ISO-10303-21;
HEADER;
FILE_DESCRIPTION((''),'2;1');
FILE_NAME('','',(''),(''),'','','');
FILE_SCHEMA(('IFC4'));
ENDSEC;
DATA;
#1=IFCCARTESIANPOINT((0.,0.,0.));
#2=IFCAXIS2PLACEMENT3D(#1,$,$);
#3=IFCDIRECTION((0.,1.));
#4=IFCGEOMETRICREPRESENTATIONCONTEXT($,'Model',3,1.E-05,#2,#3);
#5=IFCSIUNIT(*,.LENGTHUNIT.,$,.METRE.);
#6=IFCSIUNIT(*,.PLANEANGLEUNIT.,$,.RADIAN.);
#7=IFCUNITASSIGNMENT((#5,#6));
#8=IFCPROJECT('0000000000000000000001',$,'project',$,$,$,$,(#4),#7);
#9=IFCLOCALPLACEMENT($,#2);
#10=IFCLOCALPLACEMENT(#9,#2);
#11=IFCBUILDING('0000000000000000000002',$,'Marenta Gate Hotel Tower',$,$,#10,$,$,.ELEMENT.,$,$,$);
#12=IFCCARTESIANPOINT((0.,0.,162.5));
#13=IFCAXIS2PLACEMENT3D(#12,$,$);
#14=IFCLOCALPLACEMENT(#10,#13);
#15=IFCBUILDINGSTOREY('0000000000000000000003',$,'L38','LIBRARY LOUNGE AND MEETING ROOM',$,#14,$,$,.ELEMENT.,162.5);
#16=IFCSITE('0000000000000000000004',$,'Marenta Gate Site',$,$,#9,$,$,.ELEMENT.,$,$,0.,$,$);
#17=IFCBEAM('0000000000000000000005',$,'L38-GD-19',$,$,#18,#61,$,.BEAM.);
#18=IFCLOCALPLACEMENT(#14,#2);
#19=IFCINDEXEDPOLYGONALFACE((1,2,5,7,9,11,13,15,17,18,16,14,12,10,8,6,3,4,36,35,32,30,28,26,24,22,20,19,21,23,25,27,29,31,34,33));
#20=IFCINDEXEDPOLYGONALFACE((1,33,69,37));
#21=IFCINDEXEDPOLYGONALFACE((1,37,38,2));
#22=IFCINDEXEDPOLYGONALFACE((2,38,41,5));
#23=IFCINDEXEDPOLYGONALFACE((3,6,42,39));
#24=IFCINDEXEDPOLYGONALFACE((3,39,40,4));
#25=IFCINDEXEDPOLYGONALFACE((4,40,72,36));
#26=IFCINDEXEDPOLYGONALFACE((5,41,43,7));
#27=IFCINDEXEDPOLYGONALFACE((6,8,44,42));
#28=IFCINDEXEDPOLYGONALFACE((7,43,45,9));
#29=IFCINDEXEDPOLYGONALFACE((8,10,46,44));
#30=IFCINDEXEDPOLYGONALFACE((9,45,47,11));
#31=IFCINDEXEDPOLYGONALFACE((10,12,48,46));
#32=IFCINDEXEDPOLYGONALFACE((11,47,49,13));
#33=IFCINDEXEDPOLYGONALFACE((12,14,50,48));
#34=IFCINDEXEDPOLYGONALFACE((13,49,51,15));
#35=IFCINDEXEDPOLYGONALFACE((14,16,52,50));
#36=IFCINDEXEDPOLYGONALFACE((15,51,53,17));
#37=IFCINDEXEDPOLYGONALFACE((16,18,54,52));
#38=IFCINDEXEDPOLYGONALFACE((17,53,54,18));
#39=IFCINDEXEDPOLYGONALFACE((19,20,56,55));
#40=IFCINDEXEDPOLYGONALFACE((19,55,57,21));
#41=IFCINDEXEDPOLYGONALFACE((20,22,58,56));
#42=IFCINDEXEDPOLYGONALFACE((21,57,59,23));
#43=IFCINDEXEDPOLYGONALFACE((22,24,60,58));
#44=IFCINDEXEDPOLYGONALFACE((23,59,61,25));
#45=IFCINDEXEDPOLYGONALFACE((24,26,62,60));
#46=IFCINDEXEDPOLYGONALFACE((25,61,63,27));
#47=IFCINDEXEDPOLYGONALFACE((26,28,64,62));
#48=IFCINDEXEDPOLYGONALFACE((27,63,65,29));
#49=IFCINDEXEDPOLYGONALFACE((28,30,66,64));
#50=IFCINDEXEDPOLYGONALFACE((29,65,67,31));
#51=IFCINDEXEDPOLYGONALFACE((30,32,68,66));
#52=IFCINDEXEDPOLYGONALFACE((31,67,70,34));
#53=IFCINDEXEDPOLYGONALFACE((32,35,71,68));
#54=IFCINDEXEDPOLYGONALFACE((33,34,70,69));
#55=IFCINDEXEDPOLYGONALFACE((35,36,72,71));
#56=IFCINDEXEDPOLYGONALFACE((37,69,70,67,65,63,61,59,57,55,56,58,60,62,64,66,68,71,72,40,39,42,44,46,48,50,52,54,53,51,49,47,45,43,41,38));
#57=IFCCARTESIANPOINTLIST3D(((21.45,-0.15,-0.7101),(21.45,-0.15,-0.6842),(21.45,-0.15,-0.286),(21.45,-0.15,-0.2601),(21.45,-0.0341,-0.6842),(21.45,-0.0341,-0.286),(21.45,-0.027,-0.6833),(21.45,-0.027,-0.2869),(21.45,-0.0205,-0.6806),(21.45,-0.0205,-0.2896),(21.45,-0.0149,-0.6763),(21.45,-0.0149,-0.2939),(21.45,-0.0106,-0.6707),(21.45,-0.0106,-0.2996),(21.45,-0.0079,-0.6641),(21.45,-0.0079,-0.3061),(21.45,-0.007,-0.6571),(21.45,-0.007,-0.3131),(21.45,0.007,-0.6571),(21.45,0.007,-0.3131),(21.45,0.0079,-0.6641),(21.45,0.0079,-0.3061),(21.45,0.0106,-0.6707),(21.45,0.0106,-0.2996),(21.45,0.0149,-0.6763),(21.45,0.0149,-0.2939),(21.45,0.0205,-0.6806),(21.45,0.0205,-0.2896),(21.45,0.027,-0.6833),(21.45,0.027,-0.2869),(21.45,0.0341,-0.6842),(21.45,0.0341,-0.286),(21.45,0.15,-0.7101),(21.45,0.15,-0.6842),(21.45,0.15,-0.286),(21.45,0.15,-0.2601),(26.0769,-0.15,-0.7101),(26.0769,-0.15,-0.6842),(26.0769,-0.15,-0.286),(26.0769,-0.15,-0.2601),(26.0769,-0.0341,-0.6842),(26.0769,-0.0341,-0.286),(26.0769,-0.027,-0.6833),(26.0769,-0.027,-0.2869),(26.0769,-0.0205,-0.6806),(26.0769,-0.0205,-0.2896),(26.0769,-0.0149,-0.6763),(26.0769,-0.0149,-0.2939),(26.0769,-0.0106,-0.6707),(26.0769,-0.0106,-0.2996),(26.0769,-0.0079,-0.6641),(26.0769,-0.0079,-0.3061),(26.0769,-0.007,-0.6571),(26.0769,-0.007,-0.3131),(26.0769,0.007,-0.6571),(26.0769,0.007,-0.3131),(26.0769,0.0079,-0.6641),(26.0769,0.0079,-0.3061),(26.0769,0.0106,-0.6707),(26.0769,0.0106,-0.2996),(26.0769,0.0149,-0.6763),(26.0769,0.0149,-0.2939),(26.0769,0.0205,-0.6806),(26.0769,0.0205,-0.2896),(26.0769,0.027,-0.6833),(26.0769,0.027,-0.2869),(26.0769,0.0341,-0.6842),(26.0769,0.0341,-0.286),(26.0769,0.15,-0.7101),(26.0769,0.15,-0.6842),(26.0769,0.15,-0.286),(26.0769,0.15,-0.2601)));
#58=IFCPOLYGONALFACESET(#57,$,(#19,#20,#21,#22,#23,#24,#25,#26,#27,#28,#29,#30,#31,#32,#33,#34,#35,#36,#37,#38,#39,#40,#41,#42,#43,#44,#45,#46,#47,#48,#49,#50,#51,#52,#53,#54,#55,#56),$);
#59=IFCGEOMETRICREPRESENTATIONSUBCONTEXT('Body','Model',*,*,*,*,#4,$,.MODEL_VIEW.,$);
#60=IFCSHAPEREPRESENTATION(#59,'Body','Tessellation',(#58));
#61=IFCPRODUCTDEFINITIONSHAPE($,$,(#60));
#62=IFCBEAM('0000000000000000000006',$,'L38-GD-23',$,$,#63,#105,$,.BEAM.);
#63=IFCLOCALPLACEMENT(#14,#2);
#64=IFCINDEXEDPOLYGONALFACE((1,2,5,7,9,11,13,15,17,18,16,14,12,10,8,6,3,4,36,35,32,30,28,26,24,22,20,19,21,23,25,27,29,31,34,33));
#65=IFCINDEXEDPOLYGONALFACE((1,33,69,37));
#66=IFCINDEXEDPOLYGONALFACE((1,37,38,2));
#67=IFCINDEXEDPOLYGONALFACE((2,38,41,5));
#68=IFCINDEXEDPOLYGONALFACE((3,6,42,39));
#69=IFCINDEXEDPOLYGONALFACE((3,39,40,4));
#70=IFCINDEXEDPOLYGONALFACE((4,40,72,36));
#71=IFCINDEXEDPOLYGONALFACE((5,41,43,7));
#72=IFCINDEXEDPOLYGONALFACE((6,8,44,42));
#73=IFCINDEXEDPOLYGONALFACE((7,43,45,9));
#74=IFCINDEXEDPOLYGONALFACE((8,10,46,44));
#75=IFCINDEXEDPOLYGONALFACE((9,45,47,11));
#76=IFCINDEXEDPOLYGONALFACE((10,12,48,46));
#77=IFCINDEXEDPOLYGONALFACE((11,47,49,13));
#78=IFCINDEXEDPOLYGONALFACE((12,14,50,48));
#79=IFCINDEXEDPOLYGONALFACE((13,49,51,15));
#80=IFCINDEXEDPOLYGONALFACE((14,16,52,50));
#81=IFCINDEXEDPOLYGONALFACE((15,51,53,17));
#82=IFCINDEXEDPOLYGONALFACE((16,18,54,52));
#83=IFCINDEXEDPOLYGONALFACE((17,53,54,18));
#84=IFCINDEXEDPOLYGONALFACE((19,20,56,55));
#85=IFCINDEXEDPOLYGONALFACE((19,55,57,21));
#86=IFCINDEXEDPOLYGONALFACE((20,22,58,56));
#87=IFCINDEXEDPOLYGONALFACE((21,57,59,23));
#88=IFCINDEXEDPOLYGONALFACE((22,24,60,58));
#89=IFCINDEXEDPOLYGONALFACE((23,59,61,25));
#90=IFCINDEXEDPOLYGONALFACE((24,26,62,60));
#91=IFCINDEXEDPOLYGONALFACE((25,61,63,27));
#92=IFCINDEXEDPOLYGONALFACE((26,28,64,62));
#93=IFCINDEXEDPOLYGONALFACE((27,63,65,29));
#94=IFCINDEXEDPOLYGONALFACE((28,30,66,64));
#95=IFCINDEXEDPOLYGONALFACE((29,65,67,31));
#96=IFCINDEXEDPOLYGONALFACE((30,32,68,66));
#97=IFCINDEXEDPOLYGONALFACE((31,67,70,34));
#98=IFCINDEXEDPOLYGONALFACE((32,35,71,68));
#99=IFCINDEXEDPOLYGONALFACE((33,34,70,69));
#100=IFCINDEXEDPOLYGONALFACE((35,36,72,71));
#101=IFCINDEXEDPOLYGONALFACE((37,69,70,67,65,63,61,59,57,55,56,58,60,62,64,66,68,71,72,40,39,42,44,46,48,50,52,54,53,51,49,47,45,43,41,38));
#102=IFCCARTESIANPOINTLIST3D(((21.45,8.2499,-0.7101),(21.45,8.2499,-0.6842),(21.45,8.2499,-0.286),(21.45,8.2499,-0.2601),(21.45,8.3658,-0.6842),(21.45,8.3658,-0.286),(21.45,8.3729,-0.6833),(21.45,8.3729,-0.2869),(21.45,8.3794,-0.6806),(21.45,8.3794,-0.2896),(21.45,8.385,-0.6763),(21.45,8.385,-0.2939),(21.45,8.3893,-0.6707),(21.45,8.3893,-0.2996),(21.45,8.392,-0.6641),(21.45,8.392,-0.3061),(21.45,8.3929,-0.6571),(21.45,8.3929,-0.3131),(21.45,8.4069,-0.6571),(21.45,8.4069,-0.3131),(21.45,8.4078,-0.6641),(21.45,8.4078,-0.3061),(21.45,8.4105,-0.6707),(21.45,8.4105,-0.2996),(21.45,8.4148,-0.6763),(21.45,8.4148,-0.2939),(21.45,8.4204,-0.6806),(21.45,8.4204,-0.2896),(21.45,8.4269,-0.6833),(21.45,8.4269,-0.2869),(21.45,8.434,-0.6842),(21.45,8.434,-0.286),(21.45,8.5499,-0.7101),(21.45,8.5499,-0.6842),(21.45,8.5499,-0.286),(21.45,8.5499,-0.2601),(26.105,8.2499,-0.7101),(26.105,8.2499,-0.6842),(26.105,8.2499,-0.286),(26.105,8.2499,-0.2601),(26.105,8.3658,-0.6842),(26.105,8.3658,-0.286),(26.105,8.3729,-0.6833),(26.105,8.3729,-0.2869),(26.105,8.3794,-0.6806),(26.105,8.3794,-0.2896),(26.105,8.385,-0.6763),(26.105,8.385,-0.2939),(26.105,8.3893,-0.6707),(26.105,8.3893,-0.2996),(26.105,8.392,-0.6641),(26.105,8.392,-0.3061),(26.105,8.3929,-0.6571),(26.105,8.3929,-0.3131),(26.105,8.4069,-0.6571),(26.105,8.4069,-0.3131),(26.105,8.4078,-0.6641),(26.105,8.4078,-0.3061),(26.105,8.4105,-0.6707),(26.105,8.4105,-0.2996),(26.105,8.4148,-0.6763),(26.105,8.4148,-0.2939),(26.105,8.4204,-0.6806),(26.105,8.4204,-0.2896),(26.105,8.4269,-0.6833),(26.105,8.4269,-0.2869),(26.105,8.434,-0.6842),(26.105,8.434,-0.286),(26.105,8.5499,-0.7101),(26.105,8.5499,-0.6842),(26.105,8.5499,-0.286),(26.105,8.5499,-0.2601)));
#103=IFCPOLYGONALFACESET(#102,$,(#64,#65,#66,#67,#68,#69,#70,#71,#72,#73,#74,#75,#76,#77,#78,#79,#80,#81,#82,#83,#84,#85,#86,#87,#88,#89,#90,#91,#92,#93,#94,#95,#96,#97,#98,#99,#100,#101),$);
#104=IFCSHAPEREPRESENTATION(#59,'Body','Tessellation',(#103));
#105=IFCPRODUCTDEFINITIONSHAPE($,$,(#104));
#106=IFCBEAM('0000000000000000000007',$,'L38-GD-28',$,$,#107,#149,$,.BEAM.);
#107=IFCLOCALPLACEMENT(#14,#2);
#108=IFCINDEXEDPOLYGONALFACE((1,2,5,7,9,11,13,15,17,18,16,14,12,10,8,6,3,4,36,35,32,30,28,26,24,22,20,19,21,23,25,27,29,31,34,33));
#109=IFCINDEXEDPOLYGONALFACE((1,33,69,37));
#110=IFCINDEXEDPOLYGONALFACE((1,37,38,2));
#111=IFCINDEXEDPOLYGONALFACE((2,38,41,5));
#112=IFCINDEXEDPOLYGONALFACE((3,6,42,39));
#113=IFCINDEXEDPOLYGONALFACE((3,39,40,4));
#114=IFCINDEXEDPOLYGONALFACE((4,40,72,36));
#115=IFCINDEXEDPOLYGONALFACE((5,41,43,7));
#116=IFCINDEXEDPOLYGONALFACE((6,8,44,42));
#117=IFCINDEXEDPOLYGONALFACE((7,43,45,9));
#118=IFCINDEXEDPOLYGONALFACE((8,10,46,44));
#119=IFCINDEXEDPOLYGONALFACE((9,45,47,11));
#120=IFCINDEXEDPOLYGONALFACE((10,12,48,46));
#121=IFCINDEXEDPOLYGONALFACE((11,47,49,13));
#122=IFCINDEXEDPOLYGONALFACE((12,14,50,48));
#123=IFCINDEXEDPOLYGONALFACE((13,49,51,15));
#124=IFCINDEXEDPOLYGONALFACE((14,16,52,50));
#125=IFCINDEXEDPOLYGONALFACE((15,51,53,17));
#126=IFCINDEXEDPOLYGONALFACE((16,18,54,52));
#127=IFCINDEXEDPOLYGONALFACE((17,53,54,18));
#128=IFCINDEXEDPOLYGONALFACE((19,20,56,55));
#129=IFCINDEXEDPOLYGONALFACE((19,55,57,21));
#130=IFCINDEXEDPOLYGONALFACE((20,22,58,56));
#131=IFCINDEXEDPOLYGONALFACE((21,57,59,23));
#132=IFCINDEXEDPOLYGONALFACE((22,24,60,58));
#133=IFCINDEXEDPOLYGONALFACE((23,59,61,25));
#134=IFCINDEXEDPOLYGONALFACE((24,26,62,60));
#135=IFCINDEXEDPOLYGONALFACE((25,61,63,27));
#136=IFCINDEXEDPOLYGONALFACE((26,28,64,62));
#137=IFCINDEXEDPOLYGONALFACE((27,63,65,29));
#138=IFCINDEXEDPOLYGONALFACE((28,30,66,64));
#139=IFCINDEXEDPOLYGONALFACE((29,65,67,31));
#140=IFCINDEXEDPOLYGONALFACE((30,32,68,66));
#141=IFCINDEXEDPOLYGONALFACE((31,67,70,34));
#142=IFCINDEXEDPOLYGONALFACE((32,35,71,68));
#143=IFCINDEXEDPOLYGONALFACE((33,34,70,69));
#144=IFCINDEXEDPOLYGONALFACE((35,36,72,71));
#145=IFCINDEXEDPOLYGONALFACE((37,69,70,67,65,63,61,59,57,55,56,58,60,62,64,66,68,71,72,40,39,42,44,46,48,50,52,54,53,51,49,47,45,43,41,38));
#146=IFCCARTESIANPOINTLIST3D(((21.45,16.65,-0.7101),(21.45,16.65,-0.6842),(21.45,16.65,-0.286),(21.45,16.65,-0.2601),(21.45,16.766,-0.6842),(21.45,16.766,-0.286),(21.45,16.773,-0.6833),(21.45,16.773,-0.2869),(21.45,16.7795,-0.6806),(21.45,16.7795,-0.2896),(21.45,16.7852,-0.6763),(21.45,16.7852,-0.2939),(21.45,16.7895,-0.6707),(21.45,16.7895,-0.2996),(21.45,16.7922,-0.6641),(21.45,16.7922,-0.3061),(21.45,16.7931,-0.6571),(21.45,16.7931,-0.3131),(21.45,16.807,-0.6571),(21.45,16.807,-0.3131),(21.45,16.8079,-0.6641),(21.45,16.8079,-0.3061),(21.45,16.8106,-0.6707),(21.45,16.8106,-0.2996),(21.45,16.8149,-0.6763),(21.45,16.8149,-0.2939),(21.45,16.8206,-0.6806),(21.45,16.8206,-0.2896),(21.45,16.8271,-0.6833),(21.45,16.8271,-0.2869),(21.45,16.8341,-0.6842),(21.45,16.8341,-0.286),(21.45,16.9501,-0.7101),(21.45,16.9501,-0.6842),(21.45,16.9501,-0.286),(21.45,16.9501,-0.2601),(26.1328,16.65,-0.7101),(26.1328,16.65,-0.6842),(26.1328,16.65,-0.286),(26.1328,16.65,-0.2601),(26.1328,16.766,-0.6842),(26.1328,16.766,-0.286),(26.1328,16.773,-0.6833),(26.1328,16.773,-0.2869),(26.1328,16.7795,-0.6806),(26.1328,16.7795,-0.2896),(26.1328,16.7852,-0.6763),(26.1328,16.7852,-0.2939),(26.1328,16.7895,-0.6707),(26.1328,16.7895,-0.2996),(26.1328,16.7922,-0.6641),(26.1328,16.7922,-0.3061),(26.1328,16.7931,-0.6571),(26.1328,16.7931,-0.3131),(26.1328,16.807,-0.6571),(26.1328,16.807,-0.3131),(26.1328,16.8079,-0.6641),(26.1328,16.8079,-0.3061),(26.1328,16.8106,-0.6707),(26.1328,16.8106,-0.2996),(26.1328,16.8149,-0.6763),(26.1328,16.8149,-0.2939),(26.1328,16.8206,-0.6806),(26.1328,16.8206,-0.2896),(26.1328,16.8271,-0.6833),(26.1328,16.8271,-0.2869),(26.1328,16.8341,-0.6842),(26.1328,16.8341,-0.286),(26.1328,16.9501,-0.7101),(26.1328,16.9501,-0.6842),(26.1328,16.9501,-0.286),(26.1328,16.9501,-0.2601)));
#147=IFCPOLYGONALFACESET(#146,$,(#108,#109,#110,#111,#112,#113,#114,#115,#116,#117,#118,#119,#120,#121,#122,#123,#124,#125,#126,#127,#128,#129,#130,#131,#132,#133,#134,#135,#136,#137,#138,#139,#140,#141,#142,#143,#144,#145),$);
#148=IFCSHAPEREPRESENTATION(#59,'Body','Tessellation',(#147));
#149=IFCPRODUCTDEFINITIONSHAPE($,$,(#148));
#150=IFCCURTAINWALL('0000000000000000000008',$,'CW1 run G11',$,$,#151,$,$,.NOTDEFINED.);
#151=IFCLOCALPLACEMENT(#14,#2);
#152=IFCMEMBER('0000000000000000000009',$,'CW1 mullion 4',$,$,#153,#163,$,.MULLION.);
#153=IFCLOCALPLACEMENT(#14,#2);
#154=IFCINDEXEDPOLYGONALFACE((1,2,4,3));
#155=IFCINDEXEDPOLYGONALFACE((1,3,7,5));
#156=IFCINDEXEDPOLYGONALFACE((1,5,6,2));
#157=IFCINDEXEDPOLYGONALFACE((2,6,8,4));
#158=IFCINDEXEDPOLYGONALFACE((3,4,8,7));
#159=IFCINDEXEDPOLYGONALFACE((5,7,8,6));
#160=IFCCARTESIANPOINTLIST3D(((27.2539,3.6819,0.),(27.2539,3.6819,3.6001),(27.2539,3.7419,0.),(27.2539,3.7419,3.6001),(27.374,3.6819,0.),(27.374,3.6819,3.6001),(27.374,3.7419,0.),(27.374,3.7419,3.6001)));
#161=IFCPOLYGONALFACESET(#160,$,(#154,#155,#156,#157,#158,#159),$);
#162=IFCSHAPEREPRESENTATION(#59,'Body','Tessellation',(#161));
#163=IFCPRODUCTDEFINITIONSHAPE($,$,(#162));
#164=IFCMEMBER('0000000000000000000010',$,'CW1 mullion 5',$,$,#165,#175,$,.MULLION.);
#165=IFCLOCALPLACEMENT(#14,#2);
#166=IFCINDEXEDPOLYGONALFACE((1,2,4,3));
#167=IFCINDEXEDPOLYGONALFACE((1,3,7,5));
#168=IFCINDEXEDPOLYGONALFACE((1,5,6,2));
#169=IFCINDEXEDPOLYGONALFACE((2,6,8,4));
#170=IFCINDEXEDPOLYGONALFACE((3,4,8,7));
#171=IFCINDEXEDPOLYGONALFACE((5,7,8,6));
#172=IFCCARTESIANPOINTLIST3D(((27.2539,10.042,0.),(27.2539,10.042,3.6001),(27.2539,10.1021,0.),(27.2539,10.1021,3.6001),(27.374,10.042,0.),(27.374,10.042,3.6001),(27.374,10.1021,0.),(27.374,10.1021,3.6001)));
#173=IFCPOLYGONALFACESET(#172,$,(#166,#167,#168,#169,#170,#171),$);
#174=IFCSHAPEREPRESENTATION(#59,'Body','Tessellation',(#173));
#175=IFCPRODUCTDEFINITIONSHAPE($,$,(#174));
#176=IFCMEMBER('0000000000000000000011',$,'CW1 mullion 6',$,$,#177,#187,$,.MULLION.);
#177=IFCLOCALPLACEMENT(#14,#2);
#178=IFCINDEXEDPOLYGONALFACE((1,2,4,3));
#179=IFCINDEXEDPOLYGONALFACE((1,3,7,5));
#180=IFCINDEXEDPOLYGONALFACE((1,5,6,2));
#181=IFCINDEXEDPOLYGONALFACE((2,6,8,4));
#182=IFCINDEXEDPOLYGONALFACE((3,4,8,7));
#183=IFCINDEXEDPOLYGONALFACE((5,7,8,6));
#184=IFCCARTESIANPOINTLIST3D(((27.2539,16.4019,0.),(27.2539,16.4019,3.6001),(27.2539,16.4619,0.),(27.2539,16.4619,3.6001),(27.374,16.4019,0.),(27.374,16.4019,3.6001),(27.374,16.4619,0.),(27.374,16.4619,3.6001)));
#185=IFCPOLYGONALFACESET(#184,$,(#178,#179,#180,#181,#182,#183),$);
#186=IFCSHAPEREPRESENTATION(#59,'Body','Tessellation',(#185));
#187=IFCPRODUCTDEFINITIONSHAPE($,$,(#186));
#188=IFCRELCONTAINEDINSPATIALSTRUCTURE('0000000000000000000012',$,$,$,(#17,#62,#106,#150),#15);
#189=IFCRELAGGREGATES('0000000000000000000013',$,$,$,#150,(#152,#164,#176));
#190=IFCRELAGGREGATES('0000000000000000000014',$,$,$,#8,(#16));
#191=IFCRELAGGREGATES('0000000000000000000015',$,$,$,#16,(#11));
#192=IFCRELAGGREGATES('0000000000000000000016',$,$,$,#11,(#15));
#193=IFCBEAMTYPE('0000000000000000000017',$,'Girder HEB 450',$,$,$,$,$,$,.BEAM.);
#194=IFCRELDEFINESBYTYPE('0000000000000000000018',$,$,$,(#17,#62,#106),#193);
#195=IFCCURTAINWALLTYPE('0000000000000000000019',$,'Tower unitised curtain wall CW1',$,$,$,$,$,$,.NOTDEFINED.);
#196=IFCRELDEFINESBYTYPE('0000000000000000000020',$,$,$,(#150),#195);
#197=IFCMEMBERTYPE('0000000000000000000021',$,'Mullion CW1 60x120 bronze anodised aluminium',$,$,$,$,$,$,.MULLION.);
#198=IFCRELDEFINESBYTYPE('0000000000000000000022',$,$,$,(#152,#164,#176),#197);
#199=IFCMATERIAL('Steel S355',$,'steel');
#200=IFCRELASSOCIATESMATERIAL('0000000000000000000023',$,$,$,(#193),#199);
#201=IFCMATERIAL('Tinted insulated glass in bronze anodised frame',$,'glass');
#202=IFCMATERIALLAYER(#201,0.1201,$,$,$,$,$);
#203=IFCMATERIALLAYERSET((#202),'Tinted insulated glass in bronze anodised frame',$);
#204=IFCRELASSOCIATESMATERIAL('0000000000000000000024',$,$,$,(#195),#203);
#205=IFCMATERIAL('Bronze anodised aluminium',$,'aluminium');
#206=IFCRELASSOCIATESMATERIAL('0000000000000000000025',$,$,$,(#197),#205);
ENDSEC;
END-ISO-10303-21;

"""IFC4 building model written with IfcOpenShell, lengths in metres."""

from ifc_helpers import new_model, si_unit, direction, frame, origin, origin_2d, place, context, subcontext, project, spatial, rectangle, i_section, extrude, material, layer, layer_set, material_profile, profile_set, type_object, element, aggregate, save


model = new_model("IFC4")

# Units and contexts
model_context = context("Model", 3, precision=1e-05, world=origin(), true_north=direction((0.0, 1.0)))
body_context = subcontext(model_context, "Body", "Model", "MODEL_VIEW")
ifc_project = project(units=[si_unit("LENGTHUNIT", "METRE"), si_unit("PLANEANGLEUNIT", "RADIAN")], contexts=[model_context])

# Site, building, storey
site_placement = place(None, origin())
site = spatial("IfcSite", under=ifc_project, at=site_placement, Name="Marenta Gate Site", CompositionType="ELEMENT", RefElevation=0.0)
building_placement = place(site_placement, origin())
building = spatial("IfcBuilding", under=site, at=building_placement, Name="Marenta Gate Hotel Tower", CompositionType="ELEMENT")
storey_placement = place(building_placement, frame((0.0, 0.0, 162.5)))
storey = spatial("IfcBuildingStorey", under=building, at=storey_placement, Name="L38", Description="LIBRARY LOUNGE AND MEETING ROOM", CompositionType="ELEMENT", Elevation=162.5)

# Beams
ifc_material_1 = material(Name="Steel S355", Category="steel")
ifc_material_profile_1 = material_profile(ifc_material_1, i_section(OverallWidth=0.3, OverallDepth=0.45, WebThickness=0.0139, FlangeThickness=0.0259, FilletRadius=0.0271, at=origin_2d()), Name="HEB 450")
ifc_profile_set_1 = profile_set([ifc_material_profile_1], Name="Steel S355")
beam_type_1 = type_object("IfcBeamType", Name="Girder HEB 450", PredefinedType="BEAM", material=ifc_profile_set_1)
beam_1_placement = place(storey_placement, frame((21.45, 0.0, -0.4851), z_axis=(1.0, 0.0, 0.0), x_axis=(0.0, 1.0, 0.0)))
element("IfcBeam", 1, at=beam_1_placement, inside=storey, type_object=beam_type_1, Name="L38-GD-19", PredefinedType="BEAM", context=body_context, shape_type="SweptSolid", body=[
    extrude(i_section(OverallWidth=0.3, OverallDepth=0.45, WebThickness=0.0139, FlangeThickness=0.0259, FilletRadius=0.0271, at=origin_2d()), origin(), (0.0, 0.0, 1.0), 4.627),
])
beam_2_placement = place(storey_placement, frame((21.45, 8.3999, -0.4851), z_axis=(1.0, 0.0, 0.0), x_axis=(0.0, 1.0, 0.0)))
element("IfcBeam", 2, at=beam_2_placement, inside=storey, type_object=beam_type_1, Name="L38-GD-23", PredefinedType="BEAM", context=body_context, shape_type="SweptSolid", body=[
    extrude(i_section(OverallWidth=0.3, OverallDepth=0.45, WebThickness=0.0139, FlangeThickness=0.0259, FilletRadius=0.0271, at=origin_2d()), origin(), (0.0, 0.0, 1.0), 4.655),
])
beam_3_placement = place(storey_placement, frame((21.45, 16.8, -0.4851), z_axis=(1.0, 0.0, 0.0), x_axis=(0.0, 1.0, 0.0)))
element("IfcBeam", 3, at=beam_3_placement, inside=storey, type_object=beam_type_1, Name="L38-GD-28", PredefinedType="BEAM", context=body_context, shape_type="SweptSolid", body=[
    extrude(i_section(OverallWidth=0.3, OverallDepth=0.45, WebThickness=0.0139, FlangeThickness=0.0259, FilletRadius=0.0271, at=origin_2d()), origin(), (0.0, 0.0, 1.0), 4.6829),
])

# Curtain wall, members
ifc_material_2 = material(Name="Tinted insulated glass in bronze anodised frame", Category="glass")
ifc_layer_1 = layer(ifc_material_2, 0.1201)
ifc_layer_set_1 = layer_set([ifc_layer_1], Name="Tinted insulated glass in bronze anodised frame")
curtain_wall_type = type_object("IfcCurtainWallType", Name="Tower unitised curtain wall CW1", PredefinedType="NOTDEFINED", material=ifc_layer_set_1)
curtain_wall_placement = place(storey_placement, origin())
curtain_wall = element("IfcCurtainWall", 4, at=curtain_wall_placement, inside=storey, type_object=curtain_wall_type, Name="CW1 run G11", PredefinedType="NOTDEFINED")
ifc_material_3 = material(Name="Bronze anodised aluminium", Category="aluminium")
ifc_material_profile_2 = material_profile(ifc_material_3, rectangle(XDim=0.1201, YDim=0.0601, at=origin_2d()), Name="Mullion CW1 60x120 bronze anodised aluminium")
ifc_profile_set_2 = profile_set([ifc_material_profile_2], Name="Bronze anodised aluminium")
member_type_1 = type_object("IfcMemberType", Name="Mullion CW1 60x120 bronze anodised aluminium", PredefinedType="MULLION", material=ifc_profile_set_2)
member_1_placement = place(storey_placement, frame((27.314, 3.7119, 0.0), z_axis=(0.0, 0.0, 1.0), x_axis=(-1.0, 0.0, 0.0)))
member_1 = element("IfcMember", 5, at=member_1_placement, type_object=member_type_1, Name="CW1 mullion 4", PredefinedType="MULLION", context=body_context, shape_type="SweptSolid", body=[
    extrude(rectangle(XDim=0.1201, YDim=0.0601, at=origin_2d()), origin(), (0.0, 0.0, 1.0), 3.6001),
])
member_2_placement = place(storey_placement, frame((27.314, 10.072, 0.0), z_axis=(0.0, 0.0, 1.0), x_axis=(-1.0, 0.0, 0.0)))
member_2 = element("IfcMember", 6, at=member_2_placement, type_object=member_type_1, Name="CW1 mullion 5", PredefinedType="MULLION", context=body_context, shape_type="SweptSolid", body=[
    extrude(rectangle(XDim=0.1201, YDim=0.0601, at=origin_2d()), origin(), (0.0, 0.0, 1.0), 3.6001),
])
member_3_placement = place(storey_placement, frame((27.314, 16.4319, 0.0), z_axis=(0.0, 0.0, 1.0), x_axis=(-1.0, 0.0, 0.0)))
member_3 = element("IfcMember", 7, at=member_3_placement, type_object=member_type_1, Name="CW1 mullion 6", PredefinedType="MULLION", context=body_context, shape_type="SweptSolid", body=[
    extrude(rectangle(XDim=0.1201, YDim=0.0601, at=origin_2d()), origin(), (0.0, 0.0, 1.0), 3.6001),
])
aggregate(curtain_wall, [member_1, member_2, member_3])

save(model, "model.ifc")
